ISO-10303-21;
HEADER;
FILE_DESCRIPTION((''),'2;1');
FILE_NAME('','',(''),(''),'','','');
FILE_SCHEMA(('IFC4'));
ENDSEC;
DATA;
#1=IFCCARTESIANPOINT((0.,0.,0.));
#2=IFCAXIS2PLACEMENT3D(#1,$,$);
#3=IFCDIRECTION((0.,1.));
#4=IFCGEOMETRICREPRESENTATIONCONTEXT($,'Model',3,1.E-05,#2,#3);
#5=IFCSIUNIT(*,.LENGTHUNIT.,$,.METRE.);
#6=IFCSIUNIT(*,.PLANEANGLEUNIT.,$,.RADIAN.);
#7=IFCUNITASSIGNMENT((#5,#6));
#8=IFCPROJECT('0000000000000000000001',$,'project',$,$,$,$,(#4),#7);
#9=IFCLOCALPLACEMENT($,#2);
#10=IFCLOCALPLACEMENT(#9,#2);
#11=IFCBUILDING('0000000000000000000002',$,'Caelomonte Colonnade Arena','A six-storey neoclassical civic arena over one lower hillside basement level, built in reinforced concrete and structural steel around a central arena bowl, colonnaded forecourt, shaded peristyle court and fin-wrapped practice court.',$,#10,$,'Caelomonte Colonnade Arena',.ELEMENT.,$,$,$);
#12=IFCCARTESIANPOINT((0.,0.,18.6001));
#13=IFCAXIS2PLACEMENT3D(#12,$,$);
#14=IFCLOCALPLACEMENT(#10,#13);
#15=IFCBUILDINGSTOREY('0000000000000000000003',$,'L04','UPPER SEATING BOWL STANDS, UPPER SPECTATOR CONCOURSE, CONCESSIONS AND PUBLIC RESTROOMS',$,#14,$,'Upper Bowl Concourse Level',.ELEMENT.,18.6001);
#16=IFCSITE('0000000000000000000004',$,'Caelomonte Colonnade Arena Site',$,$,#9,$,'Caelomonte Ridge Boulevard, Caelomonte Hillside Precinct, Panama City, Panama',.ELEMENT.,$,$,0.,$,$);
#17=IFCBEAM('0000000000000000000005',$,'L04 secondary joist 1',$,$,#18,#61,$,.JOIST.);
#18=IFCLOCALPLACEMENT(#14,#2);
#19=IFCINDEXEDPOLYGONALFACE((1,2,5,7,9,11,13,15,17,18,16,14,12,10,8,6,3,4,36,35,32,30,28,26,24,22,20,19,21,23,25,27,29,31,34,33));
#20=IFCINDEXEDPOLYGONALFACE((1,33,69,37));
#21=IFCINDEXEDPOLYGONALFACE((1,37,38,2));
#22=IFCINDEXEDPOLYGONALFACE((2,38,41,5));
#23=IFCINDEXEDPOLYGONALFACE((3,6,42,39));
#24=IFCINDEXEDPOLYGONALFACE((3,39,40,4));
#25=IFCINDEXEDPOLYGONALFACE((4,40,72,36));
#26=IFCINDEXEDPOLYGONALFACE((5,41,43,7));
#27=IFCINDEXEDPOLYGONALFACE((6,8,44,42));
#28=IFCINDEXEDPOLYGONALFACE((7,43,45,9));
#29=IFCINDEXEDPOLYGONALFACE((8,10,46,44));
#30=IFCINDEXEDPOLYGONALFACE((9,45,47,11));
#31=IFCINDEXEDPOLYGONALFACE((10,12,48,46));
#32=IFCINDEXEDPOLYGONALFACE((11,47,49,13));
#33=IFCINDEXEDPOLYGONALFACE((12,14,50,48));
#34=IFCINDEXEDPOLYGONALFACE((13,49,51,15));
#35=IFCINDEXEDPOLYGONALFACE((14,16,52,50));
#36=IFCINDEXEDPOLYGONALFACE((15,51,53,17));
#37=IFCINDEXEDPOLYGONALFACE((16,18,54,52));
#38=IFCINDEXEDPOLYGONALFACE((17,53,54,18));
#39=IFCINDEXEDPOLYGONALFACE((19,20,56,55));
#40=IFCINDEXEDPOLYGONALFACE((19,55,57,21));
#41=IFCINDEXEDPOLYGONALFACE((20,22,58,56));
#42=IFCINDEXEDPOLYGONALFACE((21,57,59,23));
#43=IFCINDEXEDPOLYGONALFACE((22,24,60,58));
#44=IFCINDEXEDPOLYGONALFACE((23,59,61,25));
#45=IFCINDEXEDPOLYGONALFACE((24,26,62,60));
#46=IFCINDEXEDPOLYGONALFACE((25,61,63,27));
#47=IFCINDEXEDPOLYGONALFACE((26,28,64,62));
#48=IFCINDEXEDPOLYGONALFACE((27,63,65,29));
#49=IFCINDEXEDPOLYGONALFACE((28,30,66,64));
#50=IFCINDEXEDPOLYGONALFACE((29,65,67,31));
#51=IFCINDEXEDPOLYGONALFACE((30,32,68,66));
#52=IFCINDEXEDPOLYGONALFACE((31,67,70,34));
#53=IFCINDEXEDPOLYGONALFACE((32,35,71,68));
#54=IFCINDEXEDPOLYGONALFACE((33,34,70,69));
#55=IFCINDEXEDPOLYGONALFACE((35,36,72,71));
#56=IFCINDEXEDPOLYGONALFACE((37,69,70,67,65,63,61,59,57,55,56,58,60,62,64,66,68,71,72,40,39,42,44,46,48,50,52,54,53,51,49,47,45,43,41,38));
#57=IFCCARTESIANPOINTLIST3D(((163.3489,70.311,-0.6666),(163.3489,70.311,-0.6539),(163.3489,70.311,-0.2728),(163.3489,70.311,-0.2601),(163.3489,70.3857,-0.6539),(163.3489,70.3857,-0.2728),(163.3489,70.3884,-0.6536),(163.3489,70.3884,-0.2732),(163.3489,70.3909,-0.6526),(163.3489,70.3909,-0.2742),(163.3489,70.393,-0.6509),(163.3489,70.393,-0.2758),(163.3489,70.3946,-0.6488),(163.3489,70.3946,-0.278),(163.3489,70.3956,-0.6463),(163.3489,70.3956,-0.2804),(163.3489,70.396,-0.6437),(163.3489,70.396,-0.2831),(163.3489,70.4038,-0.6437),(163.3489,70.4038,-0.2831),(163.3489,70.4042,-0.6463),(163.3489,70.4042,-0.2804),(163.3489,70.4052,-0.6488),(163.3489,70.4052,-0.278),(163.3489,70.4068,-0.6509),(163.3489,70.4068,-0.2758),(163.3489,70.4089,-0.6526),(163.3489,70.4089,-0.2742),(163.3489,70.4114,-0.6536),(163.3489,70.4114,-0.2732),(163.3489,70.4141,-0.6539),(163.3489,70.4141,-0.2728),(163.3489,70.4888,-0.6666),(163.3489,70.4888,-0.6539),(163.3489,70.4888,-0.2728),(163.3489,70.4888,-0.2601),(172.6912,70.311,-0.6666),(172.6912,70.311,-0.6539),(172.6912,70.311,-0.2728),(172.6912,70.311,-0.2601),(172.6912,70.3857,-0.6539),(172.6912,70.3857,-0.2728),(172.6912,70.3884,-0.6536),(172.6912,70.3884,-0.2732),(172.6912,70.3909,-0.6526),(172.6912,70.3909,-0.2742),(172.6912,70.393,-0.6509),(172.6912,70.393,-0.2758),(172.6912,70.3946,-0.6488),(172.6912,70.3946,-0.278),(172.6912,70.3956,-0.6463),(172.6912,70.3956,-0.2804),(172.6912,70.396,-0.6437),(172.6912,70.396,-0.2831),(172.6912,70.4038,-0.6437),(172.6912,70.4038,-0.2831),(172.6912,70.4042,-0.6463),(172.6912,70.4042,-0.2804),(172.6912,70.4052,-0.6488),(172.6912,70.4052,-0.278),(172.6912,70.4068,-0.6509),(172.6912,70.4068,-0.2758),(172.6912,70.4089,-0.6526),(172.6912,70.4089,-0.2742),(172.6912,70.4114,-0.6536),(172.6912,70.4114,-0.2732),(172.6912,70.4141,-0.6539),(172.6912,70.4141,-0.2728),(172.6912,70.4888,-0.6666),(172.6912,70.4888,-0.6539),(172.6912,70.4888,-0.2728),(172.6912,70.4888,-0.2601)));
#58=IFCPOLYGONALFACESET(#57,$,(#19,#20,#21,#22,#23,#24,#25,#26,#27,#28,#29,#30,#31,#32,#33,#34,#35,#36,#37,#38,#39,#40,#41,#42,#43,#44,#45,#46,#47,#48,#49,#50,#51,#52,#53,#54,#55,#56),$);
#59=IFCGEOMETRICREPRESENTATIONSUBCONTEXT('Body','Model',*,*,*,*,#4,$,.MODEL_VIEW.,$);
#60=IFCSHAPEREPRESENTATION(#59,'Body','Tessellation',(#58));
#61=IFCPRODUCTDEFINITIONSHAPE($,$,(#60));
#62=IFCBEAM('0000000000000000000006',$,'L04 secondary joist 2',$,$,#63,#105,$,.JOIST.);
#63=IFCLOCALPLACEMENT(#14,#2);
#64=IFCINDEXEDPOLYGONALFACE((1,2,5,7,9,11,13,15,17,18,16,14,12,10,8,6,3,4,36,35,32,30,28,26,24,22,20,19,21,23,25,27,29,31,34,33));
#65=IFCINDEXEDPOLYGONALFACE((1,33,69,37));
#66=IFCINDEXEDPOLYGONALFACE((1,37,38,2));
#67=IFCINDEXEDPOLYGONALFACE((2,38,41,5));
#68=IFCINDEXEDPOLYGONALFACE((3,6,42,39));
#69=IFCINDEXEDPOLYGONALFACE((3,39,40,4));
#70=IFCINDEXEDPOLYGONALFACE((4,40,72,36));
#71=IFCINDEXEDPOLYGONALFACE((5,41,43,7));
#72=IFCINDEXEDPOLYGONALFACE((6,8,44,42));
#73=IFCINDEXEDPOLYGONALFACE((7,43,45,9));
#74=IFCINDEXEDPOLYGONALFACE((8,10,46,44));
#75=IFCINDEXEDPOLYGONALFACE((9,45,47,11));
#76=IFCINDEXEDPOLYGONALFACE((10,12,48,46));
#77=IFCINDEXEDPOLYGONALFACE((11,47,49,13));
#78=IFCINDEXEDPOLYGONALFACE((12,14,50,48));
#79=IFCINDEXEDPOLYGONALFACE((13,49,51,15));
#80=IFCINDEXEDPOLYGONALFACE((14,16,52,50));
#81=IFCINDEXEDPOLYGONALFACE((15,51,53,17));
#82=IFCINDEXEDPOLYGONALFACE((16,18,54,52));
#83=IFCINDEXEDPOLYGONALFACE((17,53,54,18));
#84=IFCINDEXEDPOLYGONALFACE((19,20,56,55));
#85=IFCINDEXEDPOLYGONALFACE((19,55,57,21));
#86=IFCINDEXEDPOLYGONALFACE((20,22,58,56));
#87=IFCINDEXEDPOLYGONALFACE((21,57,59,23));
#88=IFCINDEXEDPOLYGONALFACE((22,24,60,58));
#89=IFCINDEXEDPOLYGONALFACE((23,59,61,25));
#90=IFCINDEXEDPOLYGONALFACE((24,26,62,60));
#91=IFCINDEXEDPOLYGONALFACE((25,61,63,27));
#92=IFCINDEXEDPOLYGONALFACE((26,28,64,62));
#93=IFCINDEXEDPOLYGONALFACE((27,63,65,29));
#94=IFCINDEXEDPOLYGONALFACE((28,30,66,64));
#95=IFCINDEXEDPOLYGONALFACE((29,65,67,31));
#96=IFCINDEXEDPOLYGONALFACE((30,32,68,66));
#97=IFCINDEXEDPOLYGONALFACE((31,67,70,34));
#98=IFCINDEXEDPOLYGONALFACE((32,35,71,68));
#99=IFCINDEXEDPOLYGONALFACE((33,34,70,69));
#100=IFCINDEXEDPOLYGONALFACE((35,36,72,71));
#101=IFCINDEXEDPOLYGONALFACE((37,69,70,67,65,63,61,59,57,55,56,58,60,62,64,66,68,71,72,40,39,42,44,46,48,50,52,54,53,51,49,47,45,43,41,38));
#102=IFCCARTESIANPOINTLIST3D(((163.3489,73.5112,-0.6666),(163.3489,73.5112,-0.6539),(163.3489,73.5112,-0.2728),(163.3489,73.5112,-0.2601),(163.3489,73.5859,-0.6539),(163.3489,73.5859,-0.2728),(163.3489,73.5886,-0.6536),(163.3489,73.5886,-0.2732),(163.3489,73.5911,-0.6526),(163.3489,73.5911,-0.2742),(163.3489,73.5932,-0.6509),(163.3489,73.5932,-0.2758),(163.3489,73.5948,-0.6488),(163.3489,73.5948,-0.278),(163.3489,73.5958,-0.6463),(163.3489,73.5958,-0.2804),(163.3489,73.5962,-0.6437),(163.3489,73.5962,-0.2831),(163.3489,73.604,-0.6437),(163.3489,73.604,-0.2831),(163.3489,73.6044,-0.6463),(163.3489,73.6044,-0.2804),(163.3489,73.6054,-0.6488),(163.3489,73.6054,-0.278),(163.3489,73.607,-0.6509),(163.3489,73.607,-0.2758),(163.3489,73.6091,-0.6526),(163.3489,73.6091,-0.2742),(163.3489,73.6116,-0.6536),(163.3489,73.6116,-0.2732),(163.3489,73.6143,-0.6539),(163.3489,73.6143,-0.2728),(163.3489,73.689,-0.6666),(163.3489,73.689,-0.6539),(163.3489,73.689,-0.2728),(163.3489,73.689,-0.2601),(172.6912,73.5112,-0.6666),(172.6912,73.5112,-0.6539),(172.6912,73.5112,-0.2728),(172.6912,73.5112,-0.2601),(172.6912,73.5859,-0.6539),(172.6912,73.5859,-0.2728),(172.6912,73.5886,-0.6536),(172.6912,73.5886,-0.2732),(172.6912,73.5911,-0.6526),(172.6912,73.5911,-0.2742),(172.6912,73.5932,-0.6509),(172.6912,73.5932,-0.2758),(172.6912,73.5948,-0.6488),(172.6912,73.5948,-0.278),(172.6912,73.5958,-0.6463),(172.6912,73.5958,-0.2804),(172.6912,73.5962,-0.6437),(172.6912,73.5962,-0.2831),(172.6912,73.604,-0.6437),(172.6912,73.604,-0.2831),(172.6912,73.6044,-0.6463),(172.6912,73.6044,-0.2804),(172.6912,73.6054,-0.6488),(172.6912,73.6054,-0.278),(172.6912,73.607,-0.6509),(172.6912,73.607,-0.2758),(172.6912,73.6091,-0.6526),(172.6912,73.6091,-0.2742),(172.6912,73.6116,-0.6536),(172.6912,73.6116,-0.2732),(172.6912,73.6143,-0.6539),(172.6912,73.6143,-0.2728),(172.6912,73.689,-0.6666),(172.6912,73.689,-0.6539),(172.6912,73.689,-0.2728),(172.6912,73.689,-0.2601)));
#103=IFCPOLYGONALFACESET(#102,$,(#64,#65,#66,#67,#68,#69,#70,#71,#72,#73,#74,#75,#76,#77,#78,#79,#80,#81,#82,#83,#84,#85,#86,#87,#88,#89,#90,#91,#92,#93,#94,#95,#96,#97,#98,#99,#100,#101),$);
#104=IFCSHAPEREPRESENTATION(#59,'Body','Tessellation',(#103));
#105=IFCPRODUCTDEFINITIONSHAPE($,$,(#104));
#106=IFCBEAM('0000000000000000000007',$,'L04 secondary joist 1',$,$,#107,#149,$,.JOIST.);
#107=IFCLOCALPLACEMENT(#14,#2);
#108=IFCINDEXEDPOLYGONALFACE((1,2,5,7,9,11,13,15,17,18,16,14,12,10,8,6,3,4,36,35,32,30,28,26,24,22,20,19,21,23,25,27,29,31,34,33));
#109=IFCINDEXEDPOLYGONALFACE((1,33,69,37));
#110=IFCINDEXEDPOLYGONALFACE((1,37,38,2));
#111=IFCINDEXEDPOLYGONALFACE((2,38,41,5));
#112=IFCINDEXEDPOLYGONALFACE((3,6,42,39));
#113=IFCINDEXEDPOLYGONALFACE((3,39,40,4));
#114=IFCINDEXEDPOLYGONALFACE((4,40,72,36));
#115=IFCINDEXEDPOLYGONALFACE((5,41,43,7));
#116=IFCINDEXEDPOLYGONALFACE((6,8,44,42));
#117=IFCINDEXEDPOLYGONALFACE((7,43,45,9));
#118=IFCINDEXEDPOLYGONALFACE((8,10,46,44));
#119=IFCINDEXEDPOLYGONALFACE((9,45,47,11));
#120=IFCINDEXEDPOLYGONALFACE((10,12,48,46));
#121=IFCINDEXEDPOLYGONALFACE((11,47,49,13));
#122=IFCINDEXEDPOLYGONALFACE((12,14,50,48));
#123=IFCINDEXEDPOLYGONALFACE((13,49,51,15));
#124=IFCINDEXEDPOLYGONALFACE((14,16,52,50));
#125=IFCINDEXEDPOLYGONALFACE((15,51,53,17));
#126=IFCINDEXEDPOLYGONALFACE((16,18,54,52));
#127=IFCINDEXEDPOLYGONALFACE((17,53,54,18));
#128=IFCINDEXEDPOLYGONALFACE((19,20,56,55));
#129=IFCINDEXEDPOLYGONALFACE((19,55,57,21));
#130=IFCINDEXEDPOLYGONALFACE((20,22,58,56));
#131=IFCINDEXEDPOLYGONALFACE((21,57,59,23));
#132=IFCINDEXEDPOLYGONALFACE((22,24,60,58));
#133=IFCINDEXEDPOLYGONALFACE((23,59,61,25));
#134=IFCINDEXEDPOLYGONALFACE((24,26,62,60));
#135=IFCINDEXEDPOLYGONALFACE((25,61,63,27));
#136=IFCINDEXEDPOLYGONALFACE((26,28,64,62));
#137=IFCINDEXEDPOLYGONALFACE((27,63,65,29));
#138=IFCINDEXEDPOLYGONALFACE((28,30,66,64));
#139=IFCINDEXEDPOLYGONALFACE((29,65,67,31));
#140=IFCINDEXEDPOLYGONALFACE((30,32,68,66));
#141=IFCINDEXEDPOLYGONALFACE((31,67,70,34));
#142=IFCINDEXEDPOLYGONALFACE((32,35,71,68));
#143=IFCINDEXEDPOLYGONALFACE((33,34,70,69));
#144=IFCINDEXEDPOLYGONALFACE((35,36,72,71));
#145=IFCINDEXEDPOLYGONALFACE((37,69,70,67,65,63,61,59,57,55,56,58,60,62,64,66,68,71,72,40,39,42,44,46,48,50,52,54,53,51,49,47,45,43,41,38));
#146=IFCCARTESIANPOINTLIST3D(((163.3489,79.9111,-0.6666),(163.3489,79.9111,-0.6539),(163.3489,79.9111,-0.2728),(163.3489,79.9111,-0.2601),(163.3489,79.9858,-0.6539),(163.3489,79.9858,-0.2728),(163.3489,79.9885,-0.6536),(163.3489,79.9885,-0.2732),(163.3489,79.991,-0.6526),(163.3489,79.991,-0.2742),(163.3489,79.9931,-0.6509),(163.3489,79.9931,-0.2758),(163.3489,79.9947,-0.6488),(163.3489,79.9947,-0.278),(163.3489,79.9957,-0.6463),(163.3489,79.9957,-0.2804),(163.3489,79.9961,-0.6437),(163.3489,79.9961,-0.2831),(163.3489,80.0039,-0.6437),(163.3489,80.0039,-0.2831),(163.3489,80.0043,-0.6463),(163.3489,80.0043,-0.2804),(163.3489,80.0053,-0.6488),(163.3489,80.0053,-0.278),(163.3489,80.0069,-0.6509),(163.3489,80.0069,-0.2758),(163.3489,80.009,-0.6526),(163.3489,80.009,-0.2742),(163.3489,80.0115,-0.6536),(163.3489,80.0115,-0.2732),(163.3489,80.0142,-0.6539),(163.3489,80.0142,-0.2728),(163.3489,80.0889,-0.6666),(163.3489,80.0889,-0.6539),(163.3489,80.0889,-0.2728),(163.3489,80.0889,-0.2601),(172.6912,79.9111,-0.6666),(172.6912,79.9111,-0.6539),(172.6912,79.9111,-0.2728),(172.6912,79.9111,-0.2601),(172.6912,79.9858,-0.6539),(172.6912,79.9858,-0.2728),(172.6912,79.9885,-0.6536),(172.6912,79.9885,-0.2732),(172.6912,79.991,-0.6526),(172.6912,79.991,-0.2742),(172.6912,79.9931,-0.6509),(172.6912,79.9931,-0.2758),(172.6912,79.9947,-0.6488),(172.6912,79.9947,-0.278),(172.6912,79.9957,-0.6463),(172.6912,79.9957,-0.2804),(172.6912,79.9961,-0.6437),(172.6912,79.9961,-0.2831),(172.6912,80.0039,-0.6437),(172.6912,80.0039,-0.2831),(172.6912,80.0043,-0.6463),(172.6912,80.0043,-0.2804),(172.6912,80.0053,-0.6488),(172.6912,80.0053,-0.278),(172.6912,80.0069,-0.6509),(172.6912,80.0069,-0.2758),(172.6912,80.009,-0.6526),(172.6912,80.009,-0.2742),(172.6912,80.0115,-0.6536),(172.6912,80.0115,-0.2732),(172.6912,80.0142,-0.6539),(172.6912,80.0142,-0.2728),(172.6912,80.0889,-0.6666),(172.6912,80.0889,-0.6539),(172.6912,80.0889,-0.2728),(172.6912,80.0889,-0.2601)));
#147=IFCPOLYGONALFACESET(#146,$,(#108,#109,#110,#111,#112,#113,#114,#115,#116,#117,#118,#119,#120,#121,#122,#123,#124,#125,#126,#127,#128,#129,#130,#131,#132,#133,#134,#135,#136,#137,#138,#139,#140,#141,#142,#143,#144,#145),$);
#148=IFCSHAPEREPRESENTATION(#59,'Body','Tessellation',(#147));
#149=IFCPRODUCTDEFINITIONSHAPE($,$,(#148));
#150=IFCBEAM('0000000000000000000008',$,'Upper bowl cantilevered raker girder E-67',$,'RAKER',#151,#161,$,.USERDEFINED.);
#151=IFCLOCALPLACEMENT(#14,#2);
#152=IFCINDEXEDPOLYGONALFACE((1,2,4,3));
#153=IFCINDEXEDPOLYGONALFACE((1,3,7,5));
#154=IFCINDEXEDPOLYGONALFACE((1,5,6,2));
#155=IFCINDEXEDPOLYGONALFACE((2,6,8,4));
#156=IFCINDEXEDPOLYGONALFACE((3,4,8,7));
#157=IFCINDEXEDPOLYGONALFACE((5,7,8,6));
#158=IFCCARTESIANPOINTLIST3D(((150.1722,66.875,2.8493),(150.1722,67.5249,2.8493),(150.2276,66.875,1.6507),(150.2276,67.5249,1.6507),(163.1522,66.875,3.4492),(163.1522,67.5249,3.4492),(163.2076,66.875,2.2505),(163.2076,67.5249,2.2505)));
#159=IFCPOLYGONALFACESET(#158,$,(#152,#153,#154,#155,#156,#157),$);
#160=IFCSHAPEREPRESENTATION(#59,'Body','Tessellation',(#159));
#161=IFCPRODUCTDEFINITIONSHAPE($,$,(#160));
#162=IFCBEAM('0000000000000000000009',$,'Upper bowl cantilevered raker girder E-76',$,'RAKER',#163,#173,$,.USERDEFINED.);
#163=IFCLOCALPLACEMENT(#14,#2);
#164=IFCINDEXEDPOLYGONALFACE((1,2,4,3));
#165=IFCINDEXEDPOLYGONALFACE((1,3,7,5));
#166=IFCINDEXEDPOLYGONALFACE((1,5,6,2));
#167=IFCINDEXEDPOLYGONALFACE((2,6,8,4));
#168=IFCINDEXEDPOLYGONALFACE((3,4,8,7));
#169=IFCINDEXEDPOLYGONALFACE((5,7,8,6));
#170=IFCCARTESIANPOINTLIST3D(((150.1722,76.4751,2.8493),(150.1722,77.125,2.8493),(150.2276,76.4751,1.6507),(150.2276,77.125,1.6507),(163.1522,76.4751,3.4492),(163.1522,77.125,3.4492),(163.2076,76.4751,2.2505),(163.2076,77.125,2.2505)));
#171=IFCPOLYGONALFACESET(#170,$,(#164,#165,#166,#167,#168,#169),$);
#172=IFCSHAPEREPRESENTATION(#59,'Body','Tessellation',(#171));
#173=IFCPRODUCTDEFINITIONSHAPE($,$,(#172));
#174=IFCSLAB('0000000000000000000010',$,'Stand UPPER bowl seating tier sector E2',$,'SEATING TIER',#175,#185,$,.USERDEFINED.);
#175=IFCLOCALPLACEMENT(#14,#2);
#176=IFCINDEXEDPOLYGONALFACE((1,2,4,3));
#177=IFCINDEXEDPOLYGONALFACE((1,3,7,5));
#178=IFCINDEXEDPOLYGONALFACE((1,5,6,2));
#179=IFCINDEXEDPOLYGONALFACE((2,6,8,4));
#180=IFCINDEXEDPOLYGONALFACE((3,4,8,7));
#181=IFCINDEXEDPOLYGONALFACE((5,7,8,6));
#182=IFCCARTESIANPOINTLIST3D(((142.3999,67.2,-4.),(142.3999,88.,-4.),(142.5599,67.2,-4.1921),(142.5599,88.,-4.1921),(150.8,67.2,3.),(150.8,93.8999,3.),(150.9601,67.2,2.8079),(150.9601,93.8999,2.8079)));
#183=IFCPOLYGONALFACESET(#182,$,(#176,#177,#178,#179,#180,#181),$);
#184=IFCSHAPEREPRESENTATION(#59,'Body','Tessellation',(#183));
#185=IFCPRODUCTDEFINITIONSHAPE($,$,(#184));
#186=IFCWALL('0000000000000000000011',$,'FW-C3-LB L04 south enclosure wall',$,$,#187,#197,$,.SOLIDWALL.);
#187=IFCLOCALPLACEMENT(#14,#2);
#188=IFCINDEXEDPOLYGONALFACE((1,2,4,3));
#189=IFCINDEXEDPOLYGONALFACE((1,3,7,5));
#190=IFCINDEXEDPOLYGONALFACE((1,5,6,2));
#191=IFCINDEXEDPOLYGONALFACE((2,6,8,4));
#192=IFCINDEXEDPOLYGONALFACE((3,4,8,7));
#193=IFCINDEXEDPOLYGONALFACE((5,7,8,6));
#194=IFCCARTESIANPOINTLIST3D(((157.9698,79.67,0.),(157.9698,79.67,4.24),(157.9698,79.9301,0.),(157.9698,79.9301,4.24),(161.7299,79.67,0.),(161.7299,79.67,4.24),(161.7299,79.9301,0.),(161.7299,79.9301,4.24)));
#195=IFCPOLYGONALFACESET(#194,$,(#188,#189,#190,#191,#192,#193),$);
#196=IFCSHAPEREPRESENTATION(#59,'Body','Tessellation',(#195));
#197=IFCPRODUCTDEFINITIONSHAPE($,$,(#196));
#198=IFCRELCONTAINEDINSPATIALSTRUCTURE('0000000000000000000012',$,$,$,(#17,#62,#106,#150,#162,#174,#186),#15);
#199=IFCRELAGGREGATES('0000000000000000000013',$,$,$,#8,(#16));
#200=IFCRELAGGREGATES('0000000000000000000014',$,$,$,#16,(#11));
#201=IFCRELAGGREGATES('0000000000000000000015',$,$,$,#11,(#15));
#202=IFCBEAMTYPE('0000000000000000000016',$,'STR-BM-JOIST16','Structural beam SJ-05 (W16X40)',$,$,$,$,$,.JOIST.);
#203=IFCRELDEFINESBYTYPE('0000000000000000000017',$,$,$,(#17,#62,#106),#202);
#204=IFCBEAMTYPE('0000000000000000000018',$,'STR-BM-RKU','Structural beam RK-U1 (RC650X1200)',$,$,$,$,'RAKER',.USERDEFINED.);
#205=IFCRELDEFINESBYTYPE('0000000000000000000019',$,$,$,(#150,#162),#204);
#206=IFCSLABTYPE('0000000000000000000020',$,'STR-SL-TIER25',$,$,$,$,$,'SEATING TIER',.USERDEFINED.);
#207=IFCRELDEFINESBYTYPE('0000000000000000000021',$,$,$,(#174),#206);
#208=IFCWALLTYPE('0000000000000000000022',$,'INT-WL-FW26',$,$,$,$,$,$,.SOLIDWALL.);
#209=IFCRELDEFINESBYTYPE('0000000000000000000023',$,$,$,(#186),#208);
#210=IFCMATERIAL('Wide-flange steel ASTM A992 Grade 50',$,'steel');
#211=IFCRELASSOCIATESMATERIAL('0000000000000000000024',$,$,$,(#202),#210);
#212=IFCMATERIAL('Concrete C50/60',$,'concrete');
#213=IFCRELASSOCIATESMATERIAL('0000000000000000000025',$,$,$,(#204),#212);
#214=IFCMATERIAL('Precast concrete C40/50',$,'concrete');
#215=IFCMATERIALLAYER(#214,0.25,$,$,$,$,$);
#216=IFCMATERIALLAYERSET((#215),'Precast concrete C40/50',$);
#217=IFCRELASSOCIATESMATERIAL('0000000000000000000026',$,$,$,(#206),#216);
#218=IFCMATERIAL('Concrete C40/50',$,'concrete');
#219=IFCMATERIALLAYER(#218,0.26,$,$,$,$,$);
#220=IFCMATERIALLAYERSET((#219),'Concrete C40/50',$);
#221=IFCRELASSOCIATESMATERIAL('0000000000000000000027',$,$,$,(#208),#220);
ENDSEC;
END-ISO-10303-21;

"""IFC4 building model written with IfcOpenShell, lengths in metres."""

from ifc_helpers import new_model, si_unit, direction, frame, frame_2d, origin, origin_2d, place, context, subcontext, project, spatial, polyline, rectangle, i_section, outline, extrude, material, layer, layer_set, material_profile, profile_set, type_object, element, save


model = new_model("IFC4")

# Units and contexts
model_context = context("Model", 3, precision=1e-05, world=origin(), true_north=direction((0.0, 1.0)))
body_context = subcontext(model_context, "Body", "Model", "MODEL_VIEW")
ifc_project = project(units=[si_unit("LENGTHUNIT", "METRE"), si_unit("PLANEANGLEUNIT", "RADIAN")], contexts=[model_context])

# Site, building, storey
site_placement = place(None, origin())
site = spatial("IfcSite", under=ifc_project, at=site_placement, Name="Caelomonte Colonnade Arena Site", LongName="Caelomonte Ridge Boulevard, Caelomonte Hillside Precinct, Panama City, Panama", CompositionType="ELEMENT", RefElevation=0.0)
building_placement = place(site_placement, origin())
building = spatial("IfcBuilding", under=site, at=building_placement, Name="Caelomonte Colonnade Arena", Description="A six-storey neoclassical civic arena over one lower hillside basement level, built in reinforced concrete and structural steel around a central arena bowl, colonnaded forecourt, shaded peristyle court and fin-wrapped practice court.", LongName="Caelomonte Colonnade Arena", CompositionType="ELEMENT")
storey_placement = place(building_placement, frame((0.0, 0.0, 18.6001)))
storey = spatial("IfcBuildingStorey", under=building, at=storey_placement, Name="L04", Description="UPPER SEATING BOWL STANDS, UPPER SPECTATOR CONCOURSE, CONCESSIONS AND PUBLIC RESTROOMS", LongName="Upper Bowl Concourse Level", CompositionType="ELEMENT", Elevation=18.6001)

# Shared definitions
ifc_material_1 = material(Name="Concrete C40/50", Category="concrete")
ifc_material_2 = material(Name="Wide-flange steel ASTM A992 Grade 50", Category="steel")

# Beams
ifc_material_profile_1 = material_profile(ifc_material_2, i_section(OverallWidth=0.1777, OverallDepth=0.4065, WebThickness=0.0078, FlangeThickness=0.0127, FilletRadius=0.0103, at=origin_2d()), Name="W16X40")
ifc_profile_set_1 = profile_set([ifc_material_profile_1], Name="Wide-flange steel ASTM A992 Grade 50")
beam_type_1 = type_object("IfcBeamType", Name="STR-BM-JOIST16", Description="Structural beam SJ-05 (W16X40)", PredefinedType="JOIST", material=ifc_profile_set_1)
for number, where, z_axis, x_axis, name in (
    (1, (163.3489, 70.3999, -0.4634), (1.0, 0.0, 0.0), (0.0, 1.0, 0.0), "L04 secondary joist 1"),
    (2, (163.3489, 73.6001, -0.4634), (1.0, 0.0, 0.0), (0.0, 1.0, 0.0), "L04 secondary joist 2"),
    (3, (163.3489, 80.0, -0.4634), (1.0, 0.0, 0.0), (0.0, 1.0, 0.0), "L04 secondary joist 1"),
):
    element("IfcBeam", number, at=place(storey_placement, frame(where, z_axis=z_axis, x_axis=x_axis)), inside=storey, type_object=beam_type_1, Name=name, PredefinedType="JOIST", context=body_context, shape_type="SweptSolid", body=[
        extrude(i_section(OverallWidth=0.1777, OverallDepth=0.4065, WebThickness=0.0078, FlangeThickness=0.0127, FilletRadius=0.0103, at=origin_2d()), origin(), (0.0, 0.0, 1.0), 9.3423),
    ])
ifc_material_3 = material(Name="Concrete C50/60", Category="concrete")
ifc_material_profile_2 = material_profile(ifc_material_3, rectangle(XDim=0.6499, YDim=1.2, at=origin_2d()), Name="RC650X1200")
ifc_profile_set_2 = profile_set([ifc_material_profile_2], Name="Concrete C50/60")
beam_type_2 = type_object("IfcBeamType", Name="STR-BM-RKU", Description="Structural beam RK-U1 (RC650X1200)", ElementType="RAKER", PredefinedType="USERDEFINED", material=ifc_profile_set_2)
for number, where, z_axis, x_axis, name in (
    (4, (163.1799, 67.2, 2.8499), (-0.998934, 0.0, -0.046164), (0.0, -1.0, 0.0), "Upper bowl cantilevered raker girder E-67"),
    (5, (163.1799, 76.8, 2.8499), (-0.998934, 0.0, -0.046164), (0.0, -1.0, 0.0), "Upper bowl cantilevered raker girder E-76"),
):
    element("IfcBeam", number, at=place(storey_placement, frame(where, z_axis=z_axis, x_axis=x_axis)), inside=storey, type_object=beam_type_2, Name=name, ObjectType="RAKER", PredefinedType="USERDEFINED", context=body_context, shape_type="SweptSolid", body=[
        extrude(rectangle(XDim=0.6499, YDim=1.2, at=origin_2d()), origin(), (0.0, 0.0, 1.0), 12.9939),
    ])

# Slab
ifc_material_4 = material(Name="Precast concrete C40/50", Category="concrete")
ifc_layer_1 = layer(ifc_material_4, 0.25)
ifc_layer_set_1 = layer_set([ifc_layer_1], Name="Precast concrete C40/50")
slab_type = type_object("IfcSlabType", Name="STR-SL-TIER25", ElementType="SEATING TIER", PredefinedType="USERDEFINED", material=ifc_layer_set_1)
slab_placement = place(storey_placement, frame((142.3999, 67.2, -4.0), z_axis=(-0.640178, 0.0, 0.768227), x_axis=(0.0, 1.0, 0.0)))
element("IfcSlab", 6, at=slab_placement, inside=storey, type_object=slab_type, Name="Stand UPPER bowl seating tier sector E2", ObjectType="SEATING TIER", PredefinedType="USERDEFINED", context=body_context, shape_type="SweptSolid", body=[
    extrude(outline(polyline([(0.0, 0.0), (20.8, 0.0), (26.7, -10.9345), (0.0, -10.9345), (0.0, 0.0)])), origin(), (0.0, 0.0, -1.0), 0.25),
])

# Wall
ifc_layer_2 = layer(ifc_material_1, 0.26)
ifc_layer_set_2 = layer_set([ifc_layer_2], Name="Concrete C40/50")
wall_type_1 = type_object("IfcWallType", Name="INT-WL-FW26", PredefinedType="SOLIDWALL", material=ifc_layer_set_2)
wall_1_placement = place(storey_placement, frame((157.97, 79.8, 0.0), z_axis=(0.0, 0.0, 1.0), x_axis=(1.0, 0.0, 0.0)))
element("IfcWall", 7, at=wall_1_placement, inside=storey, type_object=wall_type_1, Name="FW-C3-LB L04 south enclosure wall", PredefinedType="SOLIDWALL", context=body_context, shape_type="SweptSolid", body=[
    extrude(rectangle(XDim=3.76, YDim=0.26, at=frame_2d((1.8799, 0.0))), origin(), (0.0, 0.0, 1.0), 4.24),
])

save(model, "model.ifc")
